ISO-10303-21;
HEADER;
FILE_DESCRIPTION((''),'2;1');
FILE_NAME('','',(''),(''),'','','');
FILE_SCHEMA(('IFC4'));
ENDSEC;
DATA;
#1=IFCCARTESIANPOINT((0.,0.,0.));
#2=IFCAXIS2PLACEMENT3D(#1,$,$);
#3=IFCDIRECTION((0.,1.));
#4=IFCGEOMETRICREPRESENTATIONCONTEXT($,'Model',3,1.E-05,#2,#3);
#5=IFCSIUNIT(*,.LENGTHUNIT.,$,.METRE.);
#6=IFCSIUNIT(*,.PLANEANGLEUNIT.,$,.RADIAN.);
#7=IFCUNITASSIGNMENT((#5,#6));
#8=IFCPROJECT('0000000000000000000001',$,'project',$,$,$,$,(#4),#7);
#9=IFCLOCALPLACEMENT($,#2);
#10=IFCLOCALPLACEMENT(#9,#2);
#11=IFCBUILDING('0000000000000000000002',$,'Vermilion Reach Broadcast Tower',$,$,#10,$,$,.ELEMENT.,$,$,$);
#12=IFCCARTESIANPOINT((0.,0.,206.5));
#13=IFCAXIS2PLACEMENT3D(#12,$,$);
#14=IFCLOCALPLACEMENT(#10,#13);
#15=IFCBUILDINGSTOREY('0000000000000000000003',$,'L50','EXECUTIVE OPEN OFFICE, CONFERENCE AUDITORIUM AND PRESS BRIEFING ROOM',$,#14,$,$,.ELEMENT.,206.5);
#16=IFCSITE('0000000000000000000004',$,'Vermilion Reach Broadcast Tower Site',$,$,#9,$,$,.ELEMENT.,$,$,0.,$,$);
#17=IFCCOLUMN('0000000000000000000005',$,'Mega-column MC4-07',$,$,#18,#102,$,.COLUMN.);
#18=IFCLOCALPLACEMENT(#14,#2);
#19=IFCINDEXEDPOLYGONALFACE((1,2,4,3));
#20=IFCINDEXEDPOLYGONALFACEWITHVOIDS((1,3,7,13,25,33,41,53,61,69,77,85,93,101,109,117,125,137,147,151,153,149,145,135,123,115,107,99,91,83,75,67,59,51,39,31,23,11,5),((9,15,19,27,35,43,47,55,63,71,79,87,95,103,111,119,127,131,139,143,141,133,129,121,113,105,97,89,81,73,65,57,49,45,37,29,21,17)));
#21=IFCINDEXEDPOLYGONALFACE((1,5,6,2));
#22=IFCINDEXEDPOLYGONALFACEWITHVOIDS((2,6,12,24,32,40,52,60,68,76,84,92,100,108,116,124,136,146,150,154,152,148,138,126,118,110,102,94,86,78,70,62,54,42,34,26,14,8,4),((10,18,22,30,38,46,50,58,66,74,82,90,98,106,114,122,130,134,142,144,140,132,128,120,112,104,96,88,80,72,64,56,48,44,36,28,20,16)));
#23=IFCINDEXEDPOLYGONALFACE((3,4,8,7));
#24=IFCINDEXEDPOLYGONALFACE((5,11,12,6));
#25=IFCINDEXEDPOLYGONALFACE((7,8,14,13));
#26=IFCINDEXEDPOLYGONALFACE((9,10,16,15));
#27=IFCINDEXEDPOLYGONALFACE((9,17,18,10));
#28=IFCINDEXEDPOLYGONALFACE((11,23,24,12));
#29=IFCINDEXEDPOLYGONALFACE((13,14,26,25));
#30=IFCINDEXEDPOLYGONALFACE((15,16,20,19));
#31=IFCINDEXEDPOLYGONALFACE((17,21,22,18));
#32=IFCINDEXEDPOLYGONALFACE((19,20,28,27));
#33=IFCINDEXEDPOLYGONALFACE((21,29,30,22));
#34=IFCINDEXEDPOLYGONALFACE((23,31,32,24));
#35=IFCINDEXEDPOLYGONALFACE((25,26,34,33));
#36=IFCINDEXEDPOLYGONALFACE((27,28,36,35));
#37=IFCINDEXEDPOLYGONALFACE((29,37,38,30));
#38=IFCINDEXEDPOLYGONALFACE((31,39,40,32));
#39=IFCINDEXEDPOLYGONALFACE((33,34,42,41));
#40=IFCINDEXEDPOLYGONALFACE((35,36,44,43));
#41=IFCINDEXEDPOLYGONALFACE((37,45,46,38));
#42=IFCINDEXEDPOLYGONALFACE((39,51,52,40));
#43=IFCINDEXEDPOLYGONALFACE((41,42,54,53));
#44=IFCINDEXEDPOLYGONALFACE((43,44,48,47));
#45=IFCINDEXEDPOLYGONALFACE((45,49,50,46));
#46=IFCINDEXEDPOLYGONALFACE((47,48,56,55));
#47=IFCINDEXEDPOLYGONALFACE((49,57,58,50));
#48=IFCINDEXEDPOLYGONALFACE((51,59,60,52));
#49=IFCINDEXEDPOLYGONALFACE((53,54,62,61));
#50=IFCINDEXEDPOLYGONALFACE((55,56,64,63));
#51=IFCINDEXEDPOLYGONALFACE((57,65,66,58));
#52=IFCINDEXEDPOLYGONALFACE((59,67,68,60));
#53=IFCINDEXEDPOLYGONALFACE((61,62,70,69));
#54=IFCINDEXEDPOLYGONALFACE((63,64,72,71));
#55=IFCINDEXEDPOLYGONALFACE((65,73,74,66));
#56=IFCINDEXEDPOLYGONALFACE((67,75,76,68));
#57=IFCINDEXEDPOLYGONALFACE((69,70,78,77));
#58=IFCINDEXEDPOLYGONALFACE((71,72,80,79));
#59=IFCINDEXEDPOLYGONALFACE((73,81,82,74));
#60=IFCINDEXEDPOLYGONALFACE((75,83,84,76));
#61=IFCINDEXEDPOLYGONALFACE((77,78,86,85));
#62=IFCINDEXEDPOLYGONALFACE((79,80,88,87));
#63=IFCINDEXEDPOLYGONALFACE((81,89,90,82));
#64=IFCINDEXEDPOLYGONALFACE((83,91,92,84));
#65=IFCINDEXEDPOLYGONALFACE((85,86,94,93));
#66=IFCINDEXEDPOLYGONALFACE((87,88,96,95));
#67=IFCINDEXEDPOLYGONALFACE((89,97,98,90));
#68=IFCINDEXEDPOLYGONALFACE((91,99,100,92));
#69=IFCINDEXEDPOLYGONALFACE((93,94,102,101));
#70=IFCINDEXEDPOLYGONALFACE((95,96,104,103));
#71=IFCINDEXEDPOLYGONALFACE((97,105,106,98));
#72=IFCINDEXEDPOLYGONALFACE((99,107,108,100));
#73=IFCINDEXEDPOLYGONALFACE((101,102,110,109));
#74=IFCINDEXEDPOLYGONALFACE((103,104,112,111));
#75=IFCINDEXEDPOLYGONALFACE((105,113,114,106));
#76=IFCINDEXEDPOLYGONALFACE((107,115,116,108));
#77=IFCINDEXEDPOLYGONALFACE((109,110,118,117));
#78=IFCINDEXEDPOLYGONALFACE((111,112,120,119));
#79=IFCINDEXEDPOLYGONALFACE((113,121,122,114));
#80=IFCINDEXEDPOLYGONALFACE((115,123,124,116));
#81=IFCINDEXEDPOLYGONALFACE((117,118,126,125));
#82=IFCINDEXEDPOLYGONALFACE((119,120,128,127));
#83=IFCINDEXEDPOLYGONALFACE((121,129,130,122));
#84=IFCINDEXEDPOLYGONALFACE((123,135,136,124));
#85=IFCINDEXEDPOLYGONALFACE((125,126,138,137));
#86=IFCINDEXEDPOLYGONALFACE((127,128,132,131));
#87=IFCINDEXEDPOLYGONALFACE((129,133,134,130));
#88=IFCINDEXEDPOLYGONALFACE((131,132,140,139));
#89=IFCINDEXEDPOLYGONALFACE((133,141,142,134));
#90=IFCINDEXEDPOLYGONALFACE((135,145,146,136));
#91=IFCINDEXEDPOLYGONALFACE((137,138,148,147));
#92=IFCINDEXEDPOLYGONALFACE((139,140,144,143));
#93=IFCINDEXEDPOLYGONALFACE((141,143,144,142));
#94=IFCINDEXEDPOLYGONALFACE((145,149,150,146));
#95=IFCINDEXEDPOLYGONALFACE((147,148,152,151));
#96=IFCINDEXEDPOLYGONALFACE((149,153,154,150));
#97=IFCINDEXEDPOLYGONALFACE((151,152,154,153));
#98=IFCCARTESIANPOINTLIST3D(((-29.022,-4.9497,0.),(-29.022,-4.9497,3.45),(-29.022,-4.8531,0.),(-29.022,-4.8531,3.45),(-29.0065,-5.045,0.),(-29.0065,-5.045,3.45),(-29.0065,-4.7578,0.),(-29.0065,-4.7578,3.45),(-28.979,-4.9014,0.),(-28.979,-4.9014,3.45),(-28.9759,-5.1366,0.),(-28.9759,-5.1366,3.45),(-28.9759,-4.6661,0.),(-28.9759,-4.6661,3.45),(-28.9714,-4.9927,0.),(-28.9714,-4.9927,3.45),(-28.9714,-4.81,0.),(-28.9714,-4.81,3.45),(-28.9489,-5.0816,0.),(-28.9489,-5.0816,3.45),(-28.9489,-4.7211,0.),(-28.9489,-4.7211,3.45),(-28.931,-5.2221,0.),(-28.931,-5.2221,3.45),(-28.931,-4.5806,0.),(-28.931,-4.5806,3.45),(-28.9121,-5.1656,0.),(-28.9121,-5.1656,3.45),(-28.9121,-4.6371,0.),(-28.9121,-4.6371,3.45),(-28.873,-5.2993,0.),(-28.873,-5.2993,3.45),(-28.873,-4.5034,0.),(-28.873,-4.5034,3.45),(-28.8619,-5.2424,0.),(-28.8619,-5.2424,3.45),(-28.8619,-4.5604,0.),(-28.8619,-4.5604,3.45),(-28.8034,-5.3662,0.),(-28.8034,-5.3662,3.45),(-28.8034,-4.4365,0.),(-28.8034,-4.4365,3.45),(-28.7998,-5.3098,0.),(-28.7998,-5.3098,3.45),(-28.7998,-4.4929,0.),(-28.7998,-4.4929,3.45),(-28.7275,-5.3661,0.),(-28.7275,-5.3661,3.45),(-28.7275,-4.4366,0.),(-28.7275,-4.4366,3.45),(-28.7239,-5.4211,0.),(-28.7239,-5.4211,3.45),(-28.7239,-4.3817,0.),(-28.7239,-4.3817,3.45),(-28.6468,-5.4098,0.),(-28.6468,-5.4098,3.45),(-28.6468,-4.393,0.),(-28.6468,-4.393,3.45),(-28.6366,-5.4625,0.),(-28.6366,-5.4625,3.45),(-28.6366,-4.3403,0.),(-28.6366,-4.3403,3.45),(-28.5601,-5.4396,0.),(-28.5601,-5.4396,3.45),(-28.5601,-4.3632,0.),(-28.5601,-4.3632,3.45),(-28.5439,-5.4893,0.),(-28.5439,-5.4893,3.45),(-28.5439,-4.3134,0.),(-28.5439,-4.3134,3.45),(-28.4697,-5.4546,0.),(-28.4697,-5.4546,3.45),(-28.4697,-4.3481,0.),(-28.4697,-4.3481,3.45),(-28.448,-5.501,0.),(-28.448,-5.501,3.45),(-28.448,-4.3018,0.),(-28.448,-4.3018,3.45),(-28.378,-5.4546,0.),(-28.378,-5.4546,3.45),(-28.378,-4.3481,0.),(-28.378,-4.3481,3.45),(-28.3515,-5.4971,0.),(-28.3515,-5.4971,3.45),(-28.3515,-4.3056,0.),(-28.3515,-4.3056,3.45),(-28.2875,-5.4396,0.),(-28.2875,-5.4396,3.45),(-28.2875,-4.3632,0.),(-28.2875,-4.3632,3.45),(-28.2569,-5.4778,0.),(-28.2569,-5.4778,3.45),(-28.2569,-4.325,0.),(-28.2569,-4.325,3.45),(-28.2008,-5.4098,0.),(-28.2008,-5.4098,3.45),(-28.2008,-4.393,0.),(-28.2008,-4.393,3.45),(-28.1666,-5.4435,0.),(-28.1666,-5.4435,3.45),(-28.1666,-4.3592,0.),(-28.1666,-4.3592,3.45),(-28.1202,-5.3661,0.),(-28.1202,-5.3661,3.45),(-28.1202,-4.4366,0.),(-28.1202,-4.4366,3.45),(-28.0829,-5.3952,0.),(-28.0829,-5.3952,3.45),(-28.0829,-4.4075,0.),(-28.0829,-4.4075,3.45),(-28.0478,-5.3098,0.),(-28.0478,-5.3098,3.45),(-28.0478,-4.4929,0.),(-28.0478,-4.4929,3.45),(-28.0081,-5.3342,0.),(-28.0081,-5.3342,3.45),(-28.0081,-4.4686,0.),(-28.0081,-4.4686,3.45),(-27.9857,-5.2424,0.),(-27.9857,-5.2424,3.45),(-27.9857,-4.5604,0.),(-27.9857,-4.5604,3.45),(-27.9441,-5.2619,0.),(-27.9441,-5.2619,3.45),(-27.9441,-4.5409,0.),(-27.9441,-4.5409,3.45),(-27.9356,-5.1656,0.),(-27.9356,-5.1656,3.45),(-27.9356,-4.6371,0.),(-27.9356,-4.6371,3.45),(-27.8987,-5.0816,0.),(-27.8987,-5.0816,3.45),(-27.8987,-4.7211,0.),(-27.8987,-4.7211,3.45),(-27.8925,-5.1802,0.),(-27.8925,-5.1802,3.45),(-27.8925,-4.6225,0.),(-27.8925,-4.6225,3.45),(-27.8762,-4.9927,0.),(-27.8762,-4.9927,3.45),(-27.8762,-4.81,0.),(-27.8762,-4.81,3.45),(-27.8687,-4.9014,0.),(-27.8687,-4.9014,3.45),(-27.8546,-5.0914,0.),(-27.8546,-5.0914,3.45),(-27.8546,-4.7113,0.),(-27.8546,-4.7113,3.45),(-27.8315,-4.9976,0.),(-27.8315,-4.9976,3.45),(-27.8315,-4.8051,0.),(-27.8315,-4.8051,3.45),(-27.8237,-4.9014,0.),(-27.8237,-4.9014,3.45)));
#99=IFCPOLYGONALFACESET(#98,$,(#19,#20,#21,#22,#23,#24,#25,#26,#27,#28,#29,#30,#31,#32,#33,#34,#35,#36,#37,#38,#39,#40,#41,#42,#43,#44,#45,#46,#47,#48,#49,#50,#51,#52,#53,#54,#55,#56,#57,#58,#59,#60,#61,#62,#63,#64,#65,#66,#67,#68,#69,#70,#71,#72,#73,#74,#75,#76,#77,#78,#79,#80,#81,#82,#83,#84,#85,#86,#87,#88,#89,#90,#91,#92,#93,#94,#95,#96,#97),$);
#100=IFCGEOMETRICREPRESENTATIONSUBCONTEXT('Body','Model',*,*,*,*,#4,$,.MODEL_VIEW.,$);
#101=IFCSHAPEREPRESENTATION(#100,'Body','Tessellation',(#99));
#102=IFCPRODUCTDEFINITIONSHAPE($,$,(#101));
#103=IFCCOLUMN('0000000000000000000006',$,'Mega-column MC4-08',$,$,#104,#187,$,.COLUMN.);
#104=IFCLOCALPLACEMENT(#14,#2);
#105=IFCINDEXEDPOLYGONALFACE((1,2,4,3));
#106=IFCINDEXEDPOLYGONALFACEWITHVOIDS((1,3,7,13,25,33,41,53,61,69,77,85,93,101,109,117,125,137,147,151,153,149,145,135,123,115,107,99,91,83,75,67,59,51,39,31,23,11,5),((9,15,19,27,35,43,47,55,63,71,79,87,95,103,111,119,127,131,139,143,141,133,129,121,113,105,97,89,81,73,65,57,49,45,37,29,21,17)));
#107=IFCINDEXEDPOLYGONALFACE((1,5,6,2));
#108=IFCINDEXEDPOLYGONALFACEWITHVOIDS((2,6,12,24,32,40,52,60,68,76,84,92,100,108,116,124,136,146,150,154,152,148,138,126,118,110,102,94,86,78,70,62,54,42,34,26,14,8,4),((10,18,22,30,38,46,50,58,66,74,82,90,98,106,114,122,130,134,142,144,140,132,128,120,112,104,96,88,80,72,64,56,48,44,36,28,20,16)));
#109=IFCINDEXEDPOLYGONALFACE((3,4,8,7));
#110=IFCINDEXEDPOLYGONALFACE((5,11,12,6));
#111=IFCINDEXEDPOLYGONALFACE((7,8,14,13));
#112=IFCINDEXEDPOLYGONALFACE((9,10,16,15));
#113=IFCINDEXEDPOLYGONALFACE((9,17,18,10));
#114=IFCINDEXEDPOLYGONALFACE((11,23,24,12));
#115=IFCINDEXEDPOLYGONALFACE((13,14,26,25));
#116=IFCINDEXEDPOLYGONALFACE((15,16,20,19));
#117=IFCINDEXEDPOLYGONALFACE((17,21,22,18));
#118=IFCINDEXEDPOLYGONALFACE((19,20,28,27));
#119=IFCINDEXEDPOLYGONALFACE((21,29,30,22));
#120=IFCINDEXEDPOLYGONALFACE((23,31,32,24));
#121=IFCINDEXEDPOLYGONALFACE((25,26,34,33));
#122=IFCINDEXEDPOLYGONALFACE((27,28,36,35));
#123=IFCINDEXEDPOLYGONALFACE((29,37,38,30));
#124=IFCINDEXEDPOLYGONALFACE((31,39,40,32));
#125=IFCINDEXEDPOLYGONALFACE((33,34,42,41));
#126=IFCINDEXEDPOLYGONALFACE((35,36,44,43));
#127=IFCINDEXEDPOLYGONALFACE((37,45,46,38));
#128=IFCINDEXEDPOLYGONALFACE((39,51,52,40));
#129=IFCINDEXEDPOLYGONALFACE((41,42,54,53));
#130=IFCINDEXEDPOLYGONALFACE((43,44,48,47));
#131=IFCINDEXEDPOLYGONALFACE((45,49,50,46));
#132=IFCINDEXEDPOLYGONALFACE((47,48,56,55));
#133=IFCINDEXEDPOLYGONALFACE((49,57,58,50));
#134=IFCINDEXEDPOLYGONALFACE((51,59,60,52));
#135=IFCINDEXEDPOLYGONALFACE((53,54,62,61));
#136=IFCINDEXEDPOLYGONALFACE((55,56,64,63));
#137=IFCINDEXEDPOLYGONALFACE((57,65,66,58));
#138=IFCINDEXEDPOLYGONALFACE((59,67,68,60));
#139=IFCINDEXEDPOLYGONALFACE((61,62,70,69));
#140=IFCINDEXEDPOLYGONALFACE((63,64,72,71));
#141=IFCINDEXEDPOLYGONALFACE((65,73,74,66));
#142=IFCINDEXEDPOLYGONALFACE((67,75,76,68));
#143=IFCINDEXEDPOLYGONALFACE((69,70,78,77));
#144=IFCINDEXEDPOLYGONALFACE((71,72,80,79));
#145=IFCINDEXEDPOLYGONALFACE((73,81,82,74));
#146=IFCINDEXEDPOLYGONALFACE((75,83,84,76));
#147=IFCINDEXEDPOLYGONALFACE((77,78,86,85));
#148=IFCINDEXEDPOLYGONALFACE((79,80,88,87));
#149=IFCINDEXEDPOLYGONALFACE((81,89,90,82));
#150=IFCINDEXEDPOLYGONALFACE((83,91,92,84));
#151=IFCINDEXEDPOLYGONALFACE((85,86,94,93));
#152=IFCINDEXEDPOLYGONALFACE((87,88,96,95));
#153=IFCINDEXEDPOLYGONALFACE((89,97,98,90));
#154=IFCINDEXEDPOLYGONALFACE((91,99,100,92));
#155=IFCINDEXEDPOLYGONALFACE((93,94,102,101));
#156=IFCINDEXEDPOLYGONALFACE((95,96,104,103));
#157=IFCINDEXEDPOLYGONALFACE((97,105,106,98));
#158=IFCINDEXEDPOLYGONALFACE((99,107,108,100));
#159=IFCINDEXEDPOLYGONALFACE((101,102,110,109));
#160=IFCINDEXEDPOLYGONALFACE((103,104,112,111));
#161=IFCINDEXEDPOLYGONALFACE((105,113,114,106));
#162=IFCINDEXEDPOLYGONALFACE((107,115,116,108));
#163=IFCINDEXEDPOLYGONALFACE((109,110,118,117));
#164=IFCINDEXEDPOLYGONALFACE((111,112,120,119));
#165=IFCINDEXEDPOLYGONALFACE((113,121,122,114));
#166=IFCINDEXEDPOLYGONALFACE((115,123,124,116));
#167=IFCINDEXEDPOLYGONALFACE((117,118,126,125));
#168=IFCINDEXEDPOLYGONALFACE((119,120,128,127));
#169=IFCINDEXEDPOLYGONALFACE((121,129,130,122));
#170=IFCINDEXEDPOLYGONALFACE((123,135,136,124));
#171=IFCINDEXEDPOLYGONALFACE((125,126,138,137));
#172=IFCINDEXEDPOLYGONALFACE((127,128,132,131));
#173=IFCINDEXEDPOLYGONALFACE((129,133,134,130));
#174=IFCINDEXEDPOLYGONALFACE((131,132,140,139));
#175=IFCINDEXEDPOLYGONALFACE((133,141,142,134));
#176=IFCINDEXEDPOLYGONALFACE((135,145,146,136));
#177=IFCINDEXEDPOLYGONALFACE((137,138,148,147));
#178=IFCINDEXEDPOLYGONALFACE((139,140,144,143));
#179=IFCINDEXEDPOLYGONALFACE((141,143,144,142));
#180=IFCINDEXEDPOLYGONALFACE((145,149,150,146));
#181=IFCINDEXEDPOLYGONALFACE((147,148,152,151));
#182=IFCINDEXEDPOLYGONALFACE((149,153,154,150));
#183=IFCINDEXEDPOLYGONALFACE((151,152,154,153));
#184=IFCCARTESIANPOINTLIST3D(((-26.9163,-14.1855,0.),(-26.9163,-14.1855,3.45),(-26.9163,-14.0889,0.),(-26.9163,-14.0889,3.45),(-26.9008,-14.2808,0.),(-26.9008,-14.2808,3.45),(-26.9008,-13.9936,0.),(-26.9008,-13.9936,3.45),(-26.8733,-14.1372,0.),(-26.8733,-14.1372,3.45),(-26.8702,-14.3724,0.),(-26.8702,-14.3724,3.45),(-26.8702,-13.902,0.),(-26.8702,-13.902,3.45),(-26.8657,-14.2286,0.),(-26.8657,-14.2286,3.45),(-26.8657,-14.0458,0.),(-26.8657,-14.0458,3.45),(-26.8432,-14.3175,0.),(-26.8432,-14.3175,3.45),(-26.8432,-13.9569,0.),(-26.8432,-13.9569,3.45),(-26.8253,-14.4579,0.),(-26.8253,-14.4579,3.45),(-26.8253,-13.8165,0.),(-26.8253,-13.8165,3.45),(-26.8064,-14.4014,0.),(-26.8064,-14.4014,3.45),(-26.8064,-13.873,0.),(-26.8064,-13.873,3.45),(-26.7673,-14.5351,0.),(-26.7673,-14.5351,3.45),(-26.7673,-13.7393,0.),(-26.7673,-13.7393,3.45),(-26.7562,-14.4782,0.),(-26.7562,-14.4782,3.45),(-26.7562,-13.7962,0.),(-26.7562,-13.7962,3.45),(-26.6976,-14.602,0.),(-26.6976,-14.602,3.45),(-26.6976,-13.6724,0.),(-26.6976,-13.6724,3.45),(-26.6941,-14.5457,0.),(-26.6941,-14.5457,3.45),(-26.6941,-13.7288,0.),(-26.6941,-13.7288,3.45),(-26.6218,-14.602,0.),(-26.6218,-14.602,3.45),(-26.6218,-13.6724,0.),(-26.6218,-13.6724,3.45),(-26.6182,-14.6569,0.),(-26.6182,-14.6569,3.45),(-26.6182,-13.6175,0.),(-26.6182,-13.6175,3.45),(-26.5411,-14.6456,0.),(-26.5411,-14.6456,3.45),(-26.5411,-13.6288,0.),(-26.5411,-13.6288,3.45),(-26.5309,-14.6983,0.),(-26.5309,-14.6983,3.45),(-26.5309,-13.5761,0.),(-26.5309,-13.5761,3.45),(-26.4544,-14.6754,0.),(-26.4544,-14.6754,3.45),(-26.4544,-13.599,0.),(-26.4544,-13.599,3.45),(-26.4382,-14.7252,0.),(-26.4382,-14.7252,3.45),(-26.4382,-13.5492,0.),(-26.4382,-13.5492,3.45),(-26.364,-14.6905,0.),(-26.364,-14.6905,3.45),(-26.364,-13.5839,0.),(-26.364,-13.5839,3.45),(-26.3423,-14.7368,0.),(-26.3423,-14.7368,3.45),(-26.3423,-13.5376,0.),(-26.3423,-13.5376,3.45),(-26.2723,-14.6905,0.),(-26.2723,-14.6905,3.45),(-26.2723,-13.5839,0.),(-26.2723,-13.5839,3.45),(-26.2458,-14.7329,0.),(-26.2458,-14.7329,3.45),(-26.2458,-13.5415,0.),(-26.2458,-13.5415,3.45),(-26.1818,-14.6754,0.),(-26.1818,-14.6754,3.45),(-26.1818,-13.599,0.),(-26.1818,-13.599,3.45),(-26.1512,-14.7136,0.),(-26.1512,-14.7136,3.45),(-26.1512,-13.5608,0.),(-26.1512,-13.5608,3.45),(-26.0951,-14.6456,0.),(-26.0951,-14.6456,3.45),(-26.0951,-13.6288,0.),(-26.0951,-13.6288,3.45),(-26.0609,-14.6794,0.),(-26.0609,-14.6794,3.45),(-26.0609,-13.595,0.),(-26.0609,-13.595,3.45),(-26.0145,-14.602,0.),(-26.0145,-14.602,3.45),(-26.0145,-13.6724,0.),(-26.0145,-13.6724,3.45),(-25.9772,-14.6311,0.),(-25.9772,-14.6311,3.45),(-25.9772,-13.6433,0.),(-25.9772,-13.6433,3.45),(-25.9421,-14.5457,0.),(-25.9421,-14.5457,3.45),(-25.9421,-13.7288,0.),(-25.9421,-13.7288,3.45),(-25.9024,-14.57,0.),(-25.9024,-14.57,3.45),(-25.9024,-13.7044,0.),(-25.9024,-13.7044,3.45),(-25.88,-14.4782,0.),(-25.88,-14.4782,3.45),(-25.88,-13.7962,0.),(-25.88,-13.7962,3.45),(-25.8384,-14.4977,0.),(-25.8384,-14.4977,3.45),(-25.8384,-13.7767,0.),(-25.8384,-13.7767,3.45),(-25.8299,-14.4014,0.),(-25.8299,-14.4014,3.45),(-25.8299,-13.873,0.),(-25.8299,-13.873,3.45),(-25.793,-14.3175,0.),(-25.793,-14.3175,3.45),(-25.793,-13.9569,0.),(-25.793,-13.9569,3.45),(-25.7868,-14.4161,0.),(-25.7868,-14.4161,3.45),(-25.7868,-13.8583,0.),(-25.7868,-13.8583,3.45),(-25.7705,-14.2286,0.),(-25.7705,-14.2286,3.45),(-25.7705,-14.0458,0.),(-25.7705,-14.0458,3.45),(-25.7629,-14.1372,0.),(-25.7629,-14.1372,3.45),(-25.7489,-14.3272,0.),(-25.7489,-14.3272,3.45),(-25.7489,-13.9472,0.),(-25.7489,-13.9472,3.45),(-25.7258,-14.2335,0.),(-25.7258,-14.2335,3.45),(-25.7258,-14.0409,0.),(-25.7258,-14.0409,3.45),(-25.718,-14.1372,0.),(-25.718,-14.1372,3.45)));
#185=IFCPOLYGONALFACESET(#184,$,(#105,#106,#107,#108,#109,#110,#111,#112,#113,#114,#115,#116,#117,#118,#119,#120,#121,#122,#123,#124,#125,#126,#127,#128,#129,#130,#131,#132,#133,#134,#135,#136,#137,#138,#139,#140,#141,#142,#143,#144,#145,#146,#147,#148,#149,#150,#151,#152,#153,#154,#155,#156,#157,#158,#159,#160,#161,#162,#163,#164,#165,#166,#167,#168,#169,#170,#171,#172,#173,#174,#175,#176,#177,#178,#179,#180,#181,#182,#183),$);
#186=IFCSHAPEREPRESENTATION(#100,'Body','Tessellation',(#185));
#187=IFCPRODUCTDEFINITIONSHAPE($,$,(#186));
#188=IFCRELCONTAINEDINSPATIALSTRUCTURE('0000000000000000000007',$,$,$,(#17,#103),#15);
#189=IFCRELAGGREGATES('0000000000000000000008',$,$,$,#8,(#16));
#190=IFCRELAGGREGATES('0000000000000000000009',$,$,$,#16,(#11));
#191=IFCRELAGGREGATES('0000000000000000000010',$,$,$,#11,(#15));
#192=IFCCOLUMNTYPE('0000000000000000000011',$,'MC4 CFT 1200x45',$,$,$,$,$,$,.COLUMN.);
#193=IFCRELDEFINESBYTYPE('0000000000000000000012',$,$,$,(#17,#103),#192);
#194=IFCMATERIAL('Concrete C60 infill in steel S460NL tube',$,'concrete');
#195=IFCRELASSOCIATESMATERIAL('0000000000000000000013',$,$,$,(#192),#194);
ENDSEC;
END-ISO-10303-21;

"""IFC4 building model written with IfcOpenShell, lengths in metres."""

from ifc_helpers import new_model, si_unit, direction, frame, origin, origin_2d, place, context, subcontext, project, spatial, hollow_circle, extrude, material, material_profile, profile_set, type_object, element, save


model = new_model("IFC4")

# Units and contexts
model_context = context("Model", 3, precision=1e-05, world=origin(), true_north=direction((0.0, 1.0)))
body_context = subcontext(model_context, "Body", "Model", "MODEL_VIEW")
ifc_project = project(units=[si_unit("LENGTHUNIT", "METRE"), si_unit("PLANEANGLEUNIT", "RADIAN")], contexts=[model_context])

# Site, building, storey
site_placement = place(None, origin())
site = spatial("IfcSite", under=ifc_project, at=site_placement, Name="Vermilion Reach Broadcast Tower Site", CompositionType="ELEMENT", RefElevation=0.0)
building_placement = place(site_placement, origin())
building = spatial("IfcBuilding", under=site, at=building_placement, Name="Vermilion Reach Broadcast Tower", CompositionType="ELEMENT")
storey_placement = place(building_placement, frame((0.0, 0.0, 206.5)))
storey = spatial("IfcBuildingStorey", under=building, at=storey_placement, Name="L50", Description="EXECUTIVE OPEN OFFICE, CONFERENCE AUDITORIUM AND PRESS BRIEFING ROOM", CompositionType="ELEMENT", Elevation=206.5)

# Columns
ifc_material_1 = material(Name="Concrete C60 infill in steel S460NL tube", Category="concrete")
ifc_material_profile_1 = material_profile(ifc_material_1, hollow_circle(Radius=0.6001, WallThickness=0.0449, at=origin_2d()), Name="Concrete C60 infill in steel S460NL tube CFT 1200x45")
ifc_profile_set_1 = profile_set([ifc_material_profile_1], Name="Concrete C60 infill in steel S460NL tube")
column_type = type_object("IfcColumnType", Name="MC4 CFT 1200x45", PredefinedType="COLUMN", material=ifc_profile_set_1)
for number, where, z_axis, x_axis, name in (
    (1, (-28.4238, -4.9014, 0.0), (0.0, 0.0, 1.0), (1.0, 0.0, 0.0), "Mega-column MC4-07"),
    (2, (-26.3181, -14.1372, 0.0), (0.0, 0.0, 1.0), (1.0, 0.0, 0.0), "Mega-column MC4-08"),
):
    element("IfcColumn", number, at=place(storey_placement, frame(where, z_axis=z_axis, x_axis=x_axis)), inside=storey, type_object=column_type, Name=name, PredefinedType="COLUMN", context=body_context, shape_type="SweptSolid", body=[
        extrude(hollow_circle(Radius=0.6001, WallThickness=0.0449, at=origin_2d()), origin(), (0.0, 0.0, 1.0), 3.45),
    ])

save(model, "model.ifc")
